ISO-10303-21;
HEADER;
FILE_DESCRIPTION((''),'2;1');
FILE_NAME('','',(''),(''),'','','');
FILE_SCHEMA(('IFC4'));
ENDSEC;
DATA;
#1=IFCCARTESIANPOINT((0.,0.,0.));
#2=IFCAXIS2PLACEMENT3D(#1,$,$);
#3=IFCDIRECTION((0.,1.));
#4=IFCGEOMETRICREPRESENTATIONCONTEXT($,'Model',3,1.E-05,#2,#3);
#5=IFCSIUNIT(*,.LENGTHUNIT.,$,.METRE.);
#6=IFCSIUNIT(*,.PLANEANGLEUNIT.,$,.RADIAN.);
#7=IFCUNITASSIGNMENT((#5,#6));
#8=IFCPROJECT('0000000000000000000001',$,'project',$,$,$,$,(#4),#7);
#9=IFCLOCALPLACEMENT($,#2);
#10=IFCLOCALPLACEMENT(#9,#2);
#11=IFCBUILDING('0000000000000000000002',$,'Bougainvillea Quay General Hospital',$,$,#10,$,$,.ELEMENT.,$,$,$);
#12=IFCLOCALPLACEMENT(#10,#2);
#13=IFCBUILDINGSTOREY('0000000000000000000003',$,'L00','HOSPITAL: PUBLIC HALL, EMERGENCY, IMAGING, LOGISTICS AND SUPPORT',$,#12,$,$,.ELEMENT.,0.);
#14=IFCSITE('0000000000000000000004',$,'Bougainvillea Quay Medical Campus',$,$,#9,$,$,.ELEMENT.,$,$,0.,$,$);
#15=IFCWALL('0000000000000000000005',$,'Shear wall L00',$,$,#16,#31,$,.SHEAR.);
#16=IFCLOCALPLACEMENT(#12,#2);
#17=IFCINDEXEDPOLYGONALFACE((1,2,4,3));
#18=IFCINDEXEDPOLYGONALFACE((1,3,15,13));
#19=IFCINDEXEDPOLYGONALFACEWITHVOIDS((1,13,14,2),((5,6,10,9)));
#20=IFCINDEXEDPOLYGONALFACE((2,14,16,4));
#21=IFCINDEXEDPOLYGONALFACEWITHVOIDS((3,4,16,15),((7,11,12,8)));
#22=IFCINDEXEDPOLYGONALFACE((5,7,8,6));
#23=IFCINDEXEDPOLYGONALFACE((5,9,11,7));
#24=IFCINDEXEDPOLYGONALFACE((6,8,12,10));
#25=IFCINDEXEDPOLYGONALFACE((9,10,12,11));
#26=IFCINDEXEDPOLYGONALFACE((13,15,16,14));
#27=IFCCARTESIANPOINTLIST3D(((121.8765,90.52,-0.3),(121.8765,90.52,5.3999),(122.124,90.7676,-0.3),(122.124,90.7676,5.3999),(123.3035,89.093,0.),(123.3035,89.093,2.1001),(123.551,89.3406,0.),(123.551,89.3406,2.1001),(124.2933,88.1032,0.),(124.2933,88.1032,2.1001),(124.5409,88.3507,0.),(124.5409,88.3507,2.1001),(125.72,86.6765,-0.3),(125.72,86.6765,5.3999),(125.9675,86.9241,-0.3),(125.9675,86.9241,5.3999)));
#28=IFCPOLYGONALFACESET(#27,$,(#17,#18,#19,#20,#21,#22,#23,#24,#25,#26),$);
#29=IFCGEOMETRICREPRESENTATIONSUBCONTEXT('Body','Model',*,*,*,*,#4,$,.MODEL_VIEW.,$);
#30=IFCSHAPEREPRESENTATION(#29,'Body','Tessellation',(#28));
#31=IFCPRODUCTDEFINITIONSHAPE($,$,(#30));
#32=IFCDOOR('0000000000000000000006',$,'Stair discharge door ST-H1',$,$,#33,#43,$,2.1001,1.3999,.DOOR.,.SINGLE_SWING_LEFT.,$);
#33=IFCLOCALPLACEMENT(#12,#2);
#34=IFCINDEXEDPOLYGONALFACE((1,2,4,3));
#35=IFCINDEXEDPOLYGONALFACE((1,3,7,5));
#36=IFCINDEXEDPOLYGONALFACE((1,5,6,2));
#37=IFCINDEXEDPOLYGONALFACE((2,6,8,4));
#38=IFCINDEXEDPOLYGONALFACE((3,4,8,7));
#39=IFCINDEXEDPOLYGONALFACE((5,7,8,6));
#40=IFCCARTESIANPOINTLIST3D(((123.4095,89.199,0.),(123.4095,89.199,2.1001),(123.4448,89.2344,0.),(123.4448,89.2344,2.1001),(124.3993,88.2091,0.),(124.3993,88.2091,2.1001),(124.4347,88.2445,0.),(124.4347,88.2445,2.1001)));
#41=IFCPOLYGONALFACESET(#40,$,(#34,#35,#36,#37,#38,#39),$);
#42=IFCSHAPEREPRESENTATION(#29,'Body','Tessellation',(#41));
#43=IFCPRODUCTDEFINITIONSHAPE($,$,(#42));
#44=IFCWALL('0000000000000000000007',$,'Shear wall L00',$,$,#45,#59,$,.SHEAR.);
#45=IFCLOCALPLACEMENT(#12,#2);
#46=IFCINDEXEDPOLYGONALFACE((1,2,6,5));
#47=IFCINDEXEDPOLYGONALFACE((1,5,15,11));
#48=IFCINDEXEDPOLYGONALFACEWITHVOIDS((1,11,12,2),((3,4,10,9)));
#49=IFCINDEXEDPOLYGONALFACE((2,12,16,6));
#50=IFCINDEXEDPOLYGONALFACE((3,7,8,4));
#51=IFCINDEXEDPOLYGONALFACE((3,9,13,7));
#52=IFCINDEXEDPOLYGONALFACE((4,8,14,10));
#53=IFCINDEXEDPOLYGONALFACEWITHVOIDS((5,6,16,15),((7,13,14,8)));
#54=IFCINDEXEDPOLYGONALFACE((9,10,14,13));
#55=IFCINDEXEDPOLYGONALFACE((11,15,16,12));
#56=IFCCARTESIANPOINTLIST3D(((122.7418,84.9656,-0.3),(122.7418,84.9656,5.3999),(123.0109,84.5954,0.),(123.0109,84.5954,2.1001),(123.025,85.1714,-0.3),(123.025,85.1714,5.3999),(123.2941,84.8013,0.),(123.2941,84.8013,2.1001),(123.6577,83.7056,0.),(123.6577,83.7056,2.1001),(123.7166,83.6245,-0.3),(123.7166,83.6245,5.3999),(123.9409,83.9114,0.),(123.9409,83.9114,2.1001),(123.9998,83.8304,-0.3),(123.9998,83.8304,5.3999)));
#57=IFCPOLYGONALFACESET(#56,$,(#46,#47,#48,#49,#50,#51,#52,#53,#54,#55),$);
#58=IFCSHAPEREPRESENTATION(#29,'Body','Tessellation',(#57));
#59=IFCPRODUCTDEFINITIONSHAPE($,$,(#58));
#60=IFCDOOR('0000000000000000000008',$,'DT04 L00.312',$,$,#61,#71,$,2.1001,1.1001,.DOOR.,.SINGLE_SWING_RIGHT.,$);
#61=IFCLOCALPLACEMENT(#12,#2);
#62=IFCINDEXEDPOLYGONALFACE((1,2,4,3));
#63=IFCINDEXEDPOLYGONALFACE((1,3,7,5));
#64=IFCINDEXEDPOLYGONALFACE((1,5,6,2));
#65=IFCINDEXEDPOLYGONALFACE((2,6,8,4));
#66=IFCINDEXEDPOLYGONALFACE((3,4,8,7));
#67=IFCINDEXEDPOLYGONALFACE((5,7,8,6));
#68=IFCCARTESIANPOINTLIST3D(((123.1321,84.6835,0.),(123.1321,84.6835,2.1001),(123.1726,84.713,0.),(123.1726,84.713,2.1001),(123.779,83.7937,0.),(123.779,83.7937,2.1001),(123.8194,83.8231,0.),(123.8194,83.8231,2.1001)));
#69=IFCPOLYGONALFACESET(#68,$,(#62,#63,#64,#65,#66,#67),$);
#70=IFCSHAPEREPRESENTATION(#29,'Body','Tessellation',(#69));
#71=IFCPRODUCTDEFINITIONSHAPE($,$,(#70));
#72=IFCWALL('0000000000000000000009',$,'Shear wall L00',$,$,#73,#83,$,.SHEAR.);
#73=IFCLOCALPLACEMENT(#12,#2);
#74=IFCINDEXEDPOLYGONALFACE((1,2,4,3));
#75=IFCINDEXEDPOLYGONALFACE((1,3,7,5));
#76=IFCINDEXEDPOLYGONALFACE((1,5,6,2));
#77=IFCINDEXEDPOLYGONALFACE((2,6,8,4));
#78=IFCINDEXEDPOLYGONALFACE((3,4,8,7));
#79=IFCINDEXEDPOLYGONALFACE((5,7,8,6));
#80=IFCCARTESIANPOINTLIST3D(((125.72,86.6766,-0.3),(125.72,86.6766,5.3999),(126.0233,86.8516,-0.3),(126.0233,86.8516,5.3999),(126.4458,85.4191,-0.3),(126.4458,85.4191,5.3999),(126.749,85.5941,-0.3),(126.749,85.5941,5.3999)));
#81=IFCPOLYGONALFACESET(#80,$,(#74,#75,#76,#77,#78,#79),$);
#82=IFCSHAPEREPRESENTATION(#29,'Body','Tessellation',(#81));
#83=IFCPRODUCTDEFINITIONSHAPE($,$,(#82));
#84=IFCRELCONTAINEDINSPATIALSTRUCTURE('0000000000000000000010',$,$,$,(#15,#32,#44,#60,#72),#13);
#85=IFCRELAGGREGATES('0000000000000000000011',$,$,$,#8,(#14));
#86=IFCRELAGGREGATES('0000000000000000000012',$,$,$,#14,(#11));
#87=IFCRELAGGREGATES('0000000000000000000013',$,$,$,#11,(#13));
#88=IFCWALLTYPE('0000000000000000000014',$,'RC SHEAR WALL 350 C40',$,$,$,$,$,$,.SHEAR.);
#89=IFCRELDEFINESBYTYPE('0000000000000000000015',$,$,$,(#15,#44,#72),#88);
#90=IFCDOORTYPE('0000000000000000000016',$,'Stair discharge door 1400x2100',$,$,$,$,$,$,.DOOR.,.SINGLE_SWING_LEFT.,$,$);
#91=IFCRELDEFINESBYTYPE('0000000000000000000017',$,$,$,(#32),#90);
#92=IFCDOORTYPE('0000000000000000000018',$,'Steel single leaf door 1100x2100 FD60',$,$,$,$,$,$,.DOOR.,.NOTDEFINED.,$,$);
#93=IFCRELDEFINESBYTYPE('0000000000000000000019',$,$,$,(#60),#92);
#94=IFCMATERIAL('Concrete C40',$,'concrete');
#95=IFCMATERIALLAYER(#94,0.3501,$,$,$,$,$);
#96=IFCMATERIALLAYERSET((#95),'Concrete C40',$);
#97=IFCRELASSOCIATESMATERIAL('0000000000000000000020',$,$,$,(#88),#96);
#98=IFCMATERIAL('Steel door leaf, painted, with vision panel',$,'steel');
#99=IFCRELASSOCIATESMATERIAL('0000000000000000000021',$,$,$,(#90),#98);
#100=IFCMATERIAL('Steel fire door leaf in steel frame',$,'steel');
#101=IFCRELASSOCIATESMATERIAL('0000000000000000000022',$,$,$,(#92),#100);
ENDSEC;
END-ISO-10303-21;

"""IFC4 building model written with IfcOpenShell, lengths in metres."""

from ifc_helpers import new_model, si_unit, direction, frame, frame_2d, origin, place, context, subcontext, project, spatial, rectangle, extrude, material, layer, layer_set, type_object, element, fill, save


model = new_model("IFC4")

# Units and contexts
model_context = context("Model", 3, precision=1e-05, world=origin(), true_north=direction((0.0, 1.0)))
body_context = subcontext(model_context, "Body", "Model", "MODEL_VIEW")
ifc_project = project(units=[si_unit("LENGTHUNIT", "METRE"), si_unit("PLANEANGLEUNIT", "RADIAN")], contexts=[model_context])

# Site, building, storey
site_placement = place(None, origin())
site = spatial("IfcSite", under=ifc_project, at=site_placement, Name="Bougainvillea Quay Medical Campus", CompositionType="ELEMENT", RefElevation=0.0)
building_placement = place(site_placement, origin())
building = spatial("IfcBuilding", under=site, at=building_placement, Name="Bougainvillea Quay General Hospital", CompositionType="ELEMENT")
storey_placement = place(building_placement, origin())
storey = spatial("IfcBuildingStorey", under=building, at=storey_placement, Name="L00", Description="HOSPITAL: PUBLIC HALL, EMERGENCY, IMAGING, LOGISTICS AND SUPPORT", CompositionType="ELEMENT", Elevation=0.0)

# Shared definitions
ifc_material_1 = material(Name="Concrete C40", Category="concrete")

# Shared definitions
ifc_layer_1 = layer(ifc_material_1, 0.3501)
ifc_layer_set_1 = layer_set([ifc_layer_1], Name="Concrete C40")
wall_type = type_object("IfcWallType", Name="RC SHEAR WALL 350 C40", PredefinedType="SHEAR", material=ifc_layer_set_1)

# Walls, openings, doors
wall_1_placement = place(storey_placement, frame((122.0002, 90.6438, -0.3), z_axis=(0.0, 0.0, 1.0), x_axis=(0.707107, -0.707107, 0.0)))
wall_1 = element("IfcWall", 1, at=wall_1_placement, inside=storey, type_object=wall_type, Name="Shear wall L00", PredefinedType="SHEAR", context=body_context, shape_type="SweptSolid", body=[
    extrude(rectangle(XDim=5.4355, YDim=0.3501, at=frame_2d((2.7178, 0.0))), origin(), (0.0, 0.0, 1.0), 5.7),
])
opening_1_placement = place(wall_1_placement, frame((2.0181, 0.0, 0.3)))
opening_1 = element("IfcOpeningElement", 2, at=opening_1_placement, cuts=wall_1, PredefinedType="OPENING", context=body_context, shape_type="SweptSolid", body=[
    extrude(rectangle(XDim=1.3999, YDim=2.1001, at=frame_2d((0.7, 1.05))), frame((0.0, 0.1851, 0.0), z_axis=(0.0, -1.0, 0.0), x_axis=(1.0, 0.0, 0.0)), (0.0, 0.0, 1.0), 0.3701),
])
ifc_material_2 = material(Name="Steel door leaf, painted, with vision panel", Category="steel")
door_type_1 = type_object("IfcDoorType", Name="Stair discharge door 1400x2100", OperationType="SINGLE_SWING_LEFT", PredefinedType="DOOR", material=ifc_material_2)
door_1_placement = place(opening_1_placement, origin())
door_1 = element("IfcDoor", 3, at=door_1_placement, inside=storey, type_object=door_type_1, Name="Stair discharge door ST-H1", OperationType="SINGLE_SWING_LEFT", OverallHeight=2.1001, OverallWidth=1.3999, PredefinedType="DOOR", context=body_context, shape_type="SweptSolid", body=[
    extrude(rectangle(XDim=1.3999, YDim=2.1001, at=frame_2d((0.7, 1.05))), frame((0.0, 0.0249, 0.0), z_axis=(0.0, -1.0, 0.0), x_axis=(1.0, 0.0, 0.0)), (0.0, 0.0, 1.0), 0.05),
])
fill(opening_1, door_1)
wall_2_placement = place(storey_placement, frame((122.8833, 85.0686, -0.3), z_axis=(0.0, 0.0, 1.0), x_axis=(0.587988, -0.80887, 0.0)))
wall_2 = element("IfcWall", 4, at=wall_2_placement, inside=storey, type_object=wall_type, Name="Shear wall L00", PredefinedType="SHEAR", context=body_context, shape_type="SweptSolid", body=[
    extrude(rectangle(XDim=1.658, YDim=0.3501, at=frame_2d((0.8291, 0.0))), origin(), (0.0, 0.0, 1.0), 5.7),
])
opening_2_placement = place(wall_2_placement, frame((0.4578, 0.0, 0.3)))
opening_2 = element("IfcOpeningElement", 5, at=opening_2_placement, cuts=wall_2, PredefinedType="OPENING", context=body_context, shape_type="SweptSolid", body=[
    extrude(rectangle(XDim=1.1001, YDim=2.1001, at=frame_2d((0.55, 1.05))), frame((0.0, 0.1851, 0.0), z_axis=(0.0, -1.0, 0.0), x_axis=(1.0, 0.0, 0.0)), (0.0, 0.0, 1.0), 0.3701),
])
ifc_material_3 = material(Name="Steel fire door leaf in steel frame", Category="steel")
door_type_2 = type_object("IfcDoorType", Name="Steel single leaf door 1100x2100 FD60", OperationType="NOTDEFINED", PredefinedType="DOOR", material=ifc_material_3)
door_2_placement = place(opening_2_placement, origin())
door_2 = element("IfcDoor", 6, at=door_2_placement, inside=storey, type_object=door_type_2, Name="DT04 L00.312", OperationType="SINGLE_SWING_RIGHT", OverallHeight=2.1001, OverallWidth=1.1001, PredefinedType="DOOR", context=body_context, shape_type="SweptSolid", body=[
    extrude(rectangle(XDim=1.1001, YDim=2.1001, at=frame_2d((0.55, 1.05))), frame((0.0, 0.0249, 0.0), z_axis=(0.0, -1.0, 0.0), x_axis=(1.0, 0.0, 0.0)), (0.0, 0.0, 1.0), 0.05),
])
fill(opening_2, door_2)

# Wall
wall_3_placement = place(storey_placement, frame((125.8716, 86.7642, -0.3), z_axis=(0.0, 0.0, 1.0), x_axis=(0.499883, -0.866093, 0.0)))
element("IfcWall", 7, at=wall_3_placement, inside=storey, type_object=wall_type, Name="Shear wall L00", PredefinedType="SHEAR", context=body_context, shape_type="SweptSolid", body=[
    extrude(rectangle(XDim=1.4519, YDim=0.3501, at=frame_2d((0.7261, 0.0))), origin(), (0.0, 0.0, 1.0), 5.7),
])

save(model, "model.ifc")
